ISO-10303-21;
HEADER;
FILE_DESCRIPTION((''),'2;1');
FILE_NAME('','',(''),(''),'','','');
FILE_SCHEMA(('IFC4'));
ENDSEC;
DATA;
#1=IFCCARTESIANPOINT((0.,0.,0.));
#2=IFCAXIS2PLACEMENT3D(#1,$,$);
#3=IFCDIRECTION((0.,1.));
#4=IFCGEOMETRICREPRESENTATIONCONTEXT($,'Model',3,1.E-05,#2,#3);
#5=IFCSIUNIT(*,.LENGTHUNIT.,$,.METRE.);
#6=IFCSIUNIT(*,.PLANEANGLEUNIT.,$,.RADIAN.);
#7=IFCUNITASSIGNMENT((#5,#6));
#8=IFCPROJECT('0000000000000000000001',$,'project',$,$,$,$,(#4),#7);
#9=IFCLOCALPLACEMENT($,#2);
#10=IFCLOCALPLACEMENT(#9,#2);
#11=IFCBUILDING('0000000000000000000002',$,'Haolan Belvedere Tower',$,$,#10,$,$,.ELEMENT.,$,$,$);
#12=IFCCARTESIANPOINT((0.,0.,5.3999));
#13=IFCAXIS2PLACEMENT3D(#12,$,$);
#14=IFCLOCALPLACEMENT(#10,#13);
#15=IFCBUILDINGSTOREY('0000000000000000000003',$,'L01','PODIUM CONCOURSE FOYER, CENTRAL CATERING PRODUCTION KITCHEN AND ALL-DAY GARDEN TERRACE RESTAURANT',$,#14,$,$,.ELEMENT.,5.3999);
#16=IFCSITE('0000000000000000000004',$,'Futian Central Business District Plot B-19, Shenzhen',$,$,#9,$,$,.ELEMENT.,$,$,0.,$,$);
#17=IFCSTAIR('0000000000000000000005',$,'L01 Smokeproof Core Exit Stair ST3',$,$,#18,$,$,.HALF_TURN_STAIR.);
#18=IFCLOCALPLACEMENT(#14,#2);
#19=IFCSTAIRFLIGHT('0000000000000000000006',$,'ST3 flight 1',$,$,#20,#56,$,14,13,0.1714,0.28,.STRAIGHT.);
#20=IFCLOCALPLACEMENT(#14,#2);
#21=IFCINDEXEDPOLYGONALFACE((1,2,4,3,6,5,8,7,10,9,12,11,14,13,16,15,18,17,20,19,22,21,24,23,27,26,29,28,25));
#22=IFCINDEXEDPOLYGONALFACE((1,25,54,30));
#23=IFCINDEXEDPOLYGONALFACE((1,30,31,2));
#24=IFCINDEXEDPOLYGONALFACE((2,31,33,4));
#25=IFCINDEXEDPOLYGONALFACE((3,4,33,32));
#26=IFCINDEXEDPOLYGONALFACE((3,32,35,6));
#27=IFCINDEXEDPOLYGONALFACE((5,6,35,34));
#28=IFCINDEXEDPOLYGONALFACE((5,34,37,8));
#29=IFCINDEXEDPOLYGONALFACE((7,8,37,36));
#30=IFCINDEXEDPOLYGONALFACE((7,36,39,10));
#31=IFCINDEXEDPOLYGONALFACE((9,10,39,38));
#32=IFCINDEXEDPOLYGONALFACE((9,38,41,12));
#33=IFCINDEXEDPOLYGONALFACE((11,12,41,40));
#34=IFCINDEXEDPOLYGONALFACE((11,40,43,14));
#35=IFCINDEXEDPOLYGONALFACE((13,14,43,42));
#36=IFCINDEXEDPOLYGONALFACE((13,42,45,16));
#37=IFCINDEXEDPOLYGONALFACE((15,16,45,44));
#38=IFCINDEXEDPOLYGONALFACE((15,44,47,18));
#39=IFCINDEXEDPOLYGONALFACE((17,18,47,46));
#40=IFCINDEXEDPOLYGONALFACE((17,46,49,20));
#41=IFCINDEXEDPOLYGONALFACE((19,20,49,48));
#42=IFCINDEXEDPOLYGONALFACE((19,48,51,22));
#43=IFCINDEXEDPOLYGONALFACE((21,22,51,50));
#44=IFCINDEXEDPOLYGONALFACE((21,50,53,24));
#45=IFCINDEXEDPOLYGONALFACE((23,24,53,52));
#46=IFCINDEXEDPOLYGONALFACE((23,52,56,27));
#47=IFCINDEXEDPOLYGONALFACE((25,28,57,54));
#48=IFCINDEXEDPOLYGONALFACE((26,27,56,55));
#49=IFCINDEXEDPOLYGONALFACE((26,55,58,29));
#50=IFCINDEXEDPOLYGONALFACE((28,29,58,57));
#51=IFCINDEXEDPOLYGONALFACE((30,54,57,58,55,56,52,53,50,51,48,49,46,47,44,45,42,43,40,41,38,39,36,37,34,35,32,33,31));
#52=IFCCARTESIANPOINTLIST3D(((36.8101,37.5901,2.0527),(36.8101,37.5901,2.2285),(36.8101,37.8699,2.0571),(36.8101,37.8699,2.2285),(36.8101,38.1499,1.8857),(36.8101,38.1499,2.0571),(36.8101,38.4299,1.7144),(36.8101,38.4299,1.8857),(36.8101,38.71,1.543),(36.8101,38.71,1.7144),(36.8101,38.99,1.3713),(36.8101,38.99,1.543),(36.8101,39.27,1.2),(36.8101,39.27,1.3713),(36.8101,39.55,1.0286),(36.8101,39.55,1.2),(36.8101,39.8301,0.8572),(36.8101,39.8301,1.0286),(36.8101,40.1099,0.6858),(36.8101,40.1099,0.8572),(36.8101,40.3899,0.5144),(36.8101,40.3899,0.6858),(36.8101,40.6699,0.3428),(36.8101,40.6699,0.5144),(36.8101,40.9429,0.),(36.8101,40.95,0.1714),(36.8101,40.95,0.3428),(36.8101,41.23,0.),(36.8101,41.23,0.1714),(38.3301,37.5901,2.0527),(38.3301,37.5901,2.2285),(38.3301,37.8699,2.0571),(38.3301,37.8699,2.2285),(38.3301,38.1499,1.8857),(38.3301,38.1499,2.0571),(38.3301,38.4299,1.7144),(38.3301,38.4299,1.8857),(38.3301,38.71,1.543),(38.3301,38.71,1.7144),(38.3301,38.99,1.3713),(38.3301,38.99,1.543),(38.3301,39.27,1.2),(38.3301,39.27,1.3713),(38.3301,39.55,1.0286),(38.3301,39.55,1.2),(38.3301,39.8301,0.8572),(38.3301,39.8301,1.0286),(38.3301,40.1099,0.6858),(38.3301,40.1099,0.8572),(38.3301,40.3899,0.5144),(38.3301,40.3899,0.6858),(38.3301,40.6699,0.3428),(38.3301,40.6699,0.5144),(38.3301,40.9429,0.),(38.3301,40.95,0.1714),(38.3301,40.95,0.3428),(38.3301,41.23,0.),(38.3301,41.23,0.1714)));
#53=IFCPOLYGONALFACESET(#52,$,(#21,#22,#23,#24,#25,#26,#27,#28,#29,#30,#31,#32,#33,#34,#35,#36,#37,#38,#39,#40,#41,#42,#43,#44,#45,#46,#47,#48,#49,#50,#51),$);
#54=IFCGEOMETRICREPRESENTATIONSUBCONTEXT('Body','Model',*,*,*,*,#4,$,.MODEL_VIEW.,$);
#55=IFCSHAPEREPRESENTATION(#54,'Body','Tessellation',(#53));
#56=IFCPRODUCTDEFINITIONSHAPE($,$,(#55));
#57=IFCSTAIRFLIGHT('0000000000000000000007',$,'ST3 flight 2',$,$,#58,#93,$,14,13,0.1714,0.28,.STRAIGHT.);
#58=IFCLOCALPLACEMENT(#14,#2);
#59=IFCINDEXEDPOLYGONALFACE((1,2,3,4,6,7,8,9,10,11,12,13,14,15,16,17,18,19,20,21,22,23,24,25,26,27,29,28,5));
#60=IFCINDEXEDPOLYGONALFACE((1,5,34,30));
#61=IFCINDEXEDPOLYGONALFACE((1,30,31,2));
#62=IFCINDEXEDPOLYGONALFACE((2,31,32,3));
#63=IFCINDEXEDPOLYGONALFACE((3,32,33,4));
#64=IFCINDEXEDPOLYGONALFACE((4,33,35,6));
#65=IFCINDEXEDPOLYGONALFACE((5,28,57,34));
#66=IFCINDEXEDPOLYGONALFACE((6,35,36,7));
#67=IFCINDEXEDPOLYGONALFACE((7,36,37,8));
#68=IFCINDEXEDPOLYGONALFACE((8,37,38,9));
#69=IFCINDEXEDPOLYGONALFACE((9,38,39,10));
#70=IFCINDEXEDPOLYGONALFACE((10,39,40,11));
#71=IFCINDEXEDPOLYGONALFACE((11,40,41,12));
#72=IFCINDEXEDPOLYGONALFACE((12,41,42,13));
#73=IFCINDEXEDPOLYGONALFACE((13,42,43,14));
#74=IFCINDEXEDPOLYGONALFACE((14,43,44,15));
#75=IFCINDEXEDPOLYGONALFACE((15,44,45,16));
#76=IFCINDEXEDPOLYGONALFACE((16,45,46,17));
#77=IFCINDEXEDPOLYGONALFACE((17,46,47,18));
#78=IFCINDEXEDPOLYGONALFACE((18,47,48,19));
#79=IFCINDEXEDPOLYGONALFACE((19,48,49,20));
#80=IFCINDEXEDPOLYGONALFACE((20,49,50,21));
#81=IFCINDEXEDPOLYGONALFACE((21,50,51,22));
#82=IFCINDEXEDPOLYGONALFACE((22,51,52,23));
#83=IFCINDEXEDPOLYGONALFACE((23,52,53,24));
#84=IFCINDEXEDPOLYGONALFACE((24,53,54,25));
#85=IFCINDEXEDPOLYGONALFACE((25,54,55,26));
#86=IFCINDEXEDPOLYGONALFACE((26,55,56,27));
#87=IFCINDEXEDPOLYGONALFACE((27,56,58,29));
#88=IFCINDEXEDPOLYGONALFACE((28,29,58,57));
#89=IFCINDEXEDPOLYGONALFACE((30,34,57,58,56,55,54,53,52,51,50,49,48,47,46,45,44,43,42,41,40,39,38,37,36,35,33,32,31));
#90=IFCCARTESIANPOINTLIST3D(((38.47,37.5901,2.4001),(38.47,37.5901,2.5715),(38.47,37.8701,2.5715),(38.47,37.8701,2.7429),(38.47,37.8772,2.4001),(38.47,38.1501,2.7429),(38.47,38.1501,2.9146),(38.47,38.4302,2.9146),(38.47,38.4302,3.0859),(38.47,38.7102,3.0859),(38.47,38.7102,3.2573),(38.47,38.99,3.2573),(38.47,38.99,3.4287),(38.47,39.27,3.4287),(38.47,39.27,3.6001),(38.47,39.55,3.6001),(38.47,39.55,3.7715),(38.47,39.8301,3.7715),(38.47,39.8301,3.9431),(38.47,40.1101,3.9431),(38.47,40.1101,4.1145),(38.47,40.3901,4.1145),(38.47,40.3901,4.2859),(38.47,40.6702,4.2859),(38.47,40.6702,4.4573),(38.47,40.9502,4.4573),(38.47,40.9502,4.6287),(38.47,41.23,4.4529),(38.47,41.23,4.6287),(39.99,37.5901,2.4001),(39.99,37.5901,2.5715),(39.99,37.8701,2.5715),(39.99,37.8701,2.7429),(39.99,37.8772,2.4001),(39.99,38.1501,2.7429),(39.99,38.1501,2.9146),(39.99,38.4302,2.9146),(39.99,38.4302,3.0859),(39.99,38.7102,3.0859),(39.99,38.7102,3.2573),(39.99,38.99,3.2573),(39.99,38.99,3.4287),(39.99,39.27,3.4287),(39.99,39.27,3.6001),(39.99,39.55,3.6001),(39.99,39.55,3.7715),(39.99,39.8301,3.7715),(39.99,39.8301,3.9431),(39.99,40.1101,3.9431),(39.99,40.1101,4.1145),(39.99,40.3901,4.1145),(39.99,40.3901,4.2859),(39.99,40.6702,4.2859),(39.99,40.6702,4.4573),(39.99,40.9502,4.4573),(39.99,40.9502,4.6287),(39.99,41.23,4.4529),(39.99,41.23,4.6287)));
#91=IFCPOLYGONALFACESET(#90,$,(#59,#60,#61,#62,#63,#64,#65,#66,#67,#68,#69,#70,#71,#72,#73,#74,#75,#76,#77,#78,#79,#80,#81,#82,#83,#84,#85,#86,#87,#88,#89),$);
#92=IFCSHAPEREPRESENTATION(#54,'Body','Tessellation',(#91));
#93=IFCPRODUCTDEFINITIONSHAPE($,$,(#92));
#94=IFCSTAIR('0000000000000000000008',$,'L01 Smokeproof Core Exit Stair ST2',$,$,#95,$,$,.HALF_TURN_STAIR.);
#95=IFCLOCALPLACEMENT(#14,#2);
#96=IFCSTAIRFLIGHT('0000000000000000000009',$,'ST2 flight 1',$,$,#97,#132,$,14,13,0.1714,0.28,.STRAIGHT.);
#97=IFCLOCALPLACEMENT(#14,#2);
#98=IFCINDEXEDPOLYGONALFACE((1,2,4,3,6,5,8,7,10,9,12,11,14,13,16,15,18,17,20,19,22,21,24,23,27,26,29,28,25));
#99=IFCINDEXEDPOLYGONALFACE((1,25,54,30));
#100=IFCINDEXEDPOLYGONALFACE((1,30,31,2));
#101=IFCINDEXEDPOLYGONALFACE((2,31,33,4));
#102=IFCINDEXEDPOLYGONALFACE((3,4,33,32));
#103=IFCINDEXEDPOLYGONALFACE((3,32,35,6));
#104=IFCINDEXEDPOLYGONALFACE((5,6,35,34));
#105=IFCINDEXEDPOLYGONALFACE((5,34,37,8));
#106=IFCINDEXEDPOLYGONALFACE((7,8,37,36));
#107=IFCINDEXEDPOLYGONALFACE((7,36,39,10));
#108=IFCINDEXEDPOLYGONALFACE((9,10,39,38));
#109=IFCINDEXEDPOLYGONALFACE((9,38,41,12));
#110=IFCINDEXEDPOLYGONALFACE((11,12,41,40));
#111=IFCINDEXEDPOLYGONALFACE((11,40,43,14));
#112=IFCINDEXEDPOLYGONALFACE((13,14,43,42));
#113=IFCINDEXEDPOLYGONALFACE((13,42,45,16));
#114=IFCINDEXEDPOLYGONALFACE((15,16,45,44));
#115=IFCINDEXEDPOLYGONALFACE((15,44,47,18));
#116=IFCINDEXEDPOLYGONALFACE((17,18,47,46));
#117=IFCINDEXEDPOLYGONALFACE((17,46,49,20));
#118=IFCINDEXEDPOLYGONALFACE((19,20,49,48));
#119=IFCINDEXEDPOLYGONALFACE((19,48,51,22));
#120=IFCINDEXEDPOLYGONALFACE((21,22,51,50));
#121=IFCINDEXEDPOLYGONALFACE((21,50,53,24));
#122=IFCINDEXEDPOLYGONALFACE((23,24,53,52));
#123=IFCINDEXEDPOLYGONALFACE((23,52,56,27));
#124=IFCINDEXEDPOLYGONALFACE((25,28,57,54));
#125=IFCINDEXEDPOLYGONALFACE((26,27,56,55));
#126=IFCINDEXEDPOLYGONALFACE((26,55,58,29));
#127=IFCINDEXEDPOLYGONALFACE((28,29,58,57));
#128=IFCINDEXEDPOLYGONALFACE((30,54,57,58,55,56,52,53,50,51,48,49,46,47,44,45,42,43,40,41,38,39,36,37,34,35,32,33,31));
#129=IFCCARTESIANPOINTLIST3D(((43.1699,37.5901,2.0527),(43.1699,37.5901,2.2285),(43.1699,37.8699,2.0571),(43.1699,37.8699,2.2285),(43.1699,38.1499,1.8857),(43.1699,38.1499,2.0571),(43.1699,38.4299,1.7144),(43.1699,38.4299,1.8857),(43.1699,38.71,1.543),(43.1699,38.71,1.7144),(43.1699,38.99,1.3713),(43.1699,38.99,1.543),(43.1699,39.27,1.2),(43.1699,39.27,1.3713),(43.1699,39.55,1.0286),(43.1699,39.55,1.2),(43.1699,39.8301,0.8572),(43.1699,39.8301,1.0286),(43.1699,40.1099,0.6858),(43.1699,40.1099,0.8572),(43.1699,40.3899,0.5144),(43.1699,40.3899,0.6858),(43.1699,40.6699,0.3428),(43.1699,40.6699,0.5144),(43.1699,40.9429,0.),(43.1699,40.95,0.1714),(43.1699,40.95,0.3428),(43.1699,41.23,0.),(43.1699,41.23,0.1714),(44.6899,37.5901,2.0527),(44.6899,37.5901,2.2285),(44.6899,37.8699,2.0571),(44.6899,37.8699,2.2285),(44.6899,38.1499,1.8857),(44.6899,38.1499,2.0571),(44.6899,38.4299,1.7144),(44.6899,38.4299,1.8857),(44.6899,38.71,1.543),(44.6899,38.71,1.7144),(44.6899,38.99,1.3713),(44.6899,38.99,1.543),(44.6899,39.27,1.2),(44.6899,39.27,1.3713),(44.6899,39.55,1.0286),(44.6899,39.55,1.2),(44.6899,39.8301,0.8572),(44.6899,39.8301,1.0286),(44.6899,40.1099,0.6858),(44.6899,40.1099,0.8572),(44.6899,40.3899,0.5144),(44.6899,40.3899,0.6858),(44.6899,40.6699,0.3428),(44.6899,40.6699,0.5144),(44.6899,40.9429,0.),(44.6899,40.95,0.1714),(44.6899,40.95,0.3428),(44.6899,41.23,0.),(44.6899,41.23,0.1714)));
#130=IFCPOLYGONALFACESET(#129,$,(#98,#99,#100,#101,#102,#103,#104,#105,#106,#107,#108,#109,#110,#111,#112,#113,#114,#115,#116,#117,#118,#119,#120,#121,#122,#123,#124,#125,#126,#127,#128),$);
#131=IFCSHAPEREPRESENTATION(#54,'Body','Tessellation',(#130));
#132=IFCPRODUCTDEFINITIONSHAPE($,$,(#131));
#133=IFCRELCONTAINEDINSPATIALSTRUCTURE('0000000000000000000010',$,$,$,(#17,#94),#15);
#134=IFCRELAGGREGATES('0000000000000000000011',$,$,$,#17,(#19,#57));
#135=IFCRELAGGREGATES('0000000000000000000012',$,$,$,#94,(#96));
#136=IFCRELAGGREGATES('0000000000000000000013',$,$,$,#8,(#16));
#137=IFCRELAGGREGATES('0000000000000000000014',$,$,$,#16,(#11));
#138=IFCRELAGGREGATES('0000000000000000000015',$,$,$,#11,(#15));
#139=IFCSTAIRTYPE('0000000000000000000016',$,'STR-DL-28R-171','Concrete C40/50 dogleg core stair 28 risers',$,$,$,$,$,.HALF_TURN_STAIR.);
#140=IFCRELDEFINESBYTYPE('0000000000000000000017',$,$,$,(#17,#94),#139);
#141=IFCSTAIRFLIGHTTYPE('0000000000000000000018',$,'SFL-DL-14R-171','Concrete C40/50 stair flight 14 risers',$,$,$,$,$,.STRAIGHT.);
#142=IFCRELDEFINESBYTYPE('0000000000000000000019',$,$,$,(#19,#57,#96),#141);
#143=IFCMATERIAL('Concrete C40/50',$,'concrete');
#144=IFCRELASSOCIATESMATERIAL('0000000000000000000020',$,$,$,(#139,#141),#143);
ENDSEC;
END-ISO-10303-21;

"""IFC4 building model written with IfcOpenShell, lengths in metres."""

from ifc_helpers import new_model, si_unit, direction, frame, origin, place, context, subcontext, project, spatial, polyline, outline, extrude, material, type_object, element, aggregate, save


model = new_model("IFC4")

# Units and contexts
model_context = context("Model", 3, precision=1e-05, world=origin(), true_north=direction((0.0, 1.0)))
body_context = subcontext(model_context, "Body", "Model", "MODEL_VIEW")
ifc_project = project(units=[si_unit("LENGTHUNIT", "METRE"), si_unit("PLANEANGLEUNIT", "RADIAN")], contexts=[model_context])

# Site, building, storey
site_placement = place(None, origin())
site = spatial("IfcSite", under=ifc_project, at=site_placement, Name="Futian Central Business District Plot B-19, Shenzhen", CompositionType="ELEMENT", RefElevation=0.0)
building_placement = place(site_placement, origin())
building = spatial("IfcBuilding", under=site, at=building_placement, Name="Haolan Belvedere Tower", CompositionType="ELEMENT")
storey_placement = place(building_placement, frame((0.0, 0.0, 5.3999)))
storey = spatial("IfcBuildingStorey", under=building, at=storey_placement, Name="L01", Description="PODIUM CONCOURSE FOYER, CENTRAL CATERING PRODUCTION KITCHEN AND ALL-DAY GARDEN TERRACE RESTAURANT", CompositionType="ELEMENT", Elevation=5.3999)

# Stair, stair flights
ifc_material_1 = material(Name="Concrete C40/50", Category="concrete")
stair_type = type_object("IfcStairType", Name="STR-DL-28R-171", Description="Concrete C40/50 dogleg core stair 28 risers", PredefinedType="HALF_TURN_STAIR", material=ifc_material_1)
stair_1_placement = place(storey_placement, origin())
stair_1 = element("IfcStair", 1, at=stair_1_placement, inside=storey, type_object=stair_type, Name="L01 Smokeproof Core Exit Stair ST3", PredefinedType="HALF_TURN_STAIR")
stair_flight_type = type_object("IfcStairFlightType", Name="SFL-DL-14R-171", Description="Concrete C40/50 stair flight 14 risers", PredefinedType="STRAIGHT", material=ifc_material_1)
stair_flight_1_placement = place(storey_placement, frame((37.5701, 41.23, 0.0), z_axis=(0.0, 0.0, 1.0), x_axis=(0.0, -1.0, 0.0)))
stair_flight_1 = element("IfcStairFlight", 2, at=stair_flight_1_placement, type_object=stair_flight_type, Name="ST3 flight 1", NumberOfRisers=14, NumberOfTreads=13, PredefinedType="STRAIGHT", RiserHeight=0.1714, TreadLength=0.28, context=body_context, shape_type="SweptSolid", body=[
    extrude(outline(polyline([(0.0, 0.0), (0.0, 0.1714), (0.28, 0.1714), (0.28, 0.3428), (0.5601, 0.3428), (0.5601, 0.5144), (0.8401, 0.5144), (0.8401, 0.6858), (1.1201, 0.6858), (1.1201, 0.8572), (1.3999, 0.8572), (1.3999, 1.0286), (1.6799, 1.0286), (1.6799, 1.2), (1.96, 1.2), (1.96, 1.3713), (2.24, 1.3713), (2.24, 1.543), (2.52, 1.543), (2.52, 1.7144), (2.8, 1.7144), (2.8, 1.8857), (3.0801, 1.8857), (3.0801, 2.0571), (3.3601, 2.0571), (3.3601, 2.2285), (3.6399, 2.2285), (3.6399, 2.3999), (3.6399, 2.0527), (0.2871, 0.0), (0.0, 0.0)])), frame((0.0, 0.76, 0.0), z_axis=(0.0, -1.0, 0.0), x_axis=(1.0, 0.0, 0.0)), (0.0, 0.0, 1.0), 1.52),
])
stair_flight_2_placement = place(storey_placement, frame((39.23, 37.5901, 2.4001), z_axis=(0.0, 0.0, 1.0), x_axis=(0.0, 1.0, 0.0)))
stair_flight_2 = element("IfcStairFlight", 3, at=stair_flight_2_placement, type_object=stair_flight_type, Name="ST3 flight 2", NumberOfRisers=14, NumberOfTreads=13, PredefinedType="STRAIGHT", RiserHeight=0.1714, TreadLength=0.28, context=body_context, shape_type="SweptSolid", body=[
    extrude(outline(polyline([(0.0, 0.0), (0.0, 0.1714), (0.28, 0.1714), (0.28, 0.3428), (0.5601, 0.3428), (0.5601, 0.5144), (0.8401, 0.5144), (0.8401, 0.6858), (1.1201, 0.6858), (1.1201, 0.8572), (1.3999, 0.8572), (1.3999, 1.0286), (1.6799, 1.0286), (1.6799, 1.2), (1.96, 1.2), (1.96, 1.3713), (2.24, 1.3713), (2.24, 1.543), (2.52, 1.543), (2.52, 1.7144), (2.8, 1.7144), (2.8, 1.8857), (3.0801, 1.8857), (3.0801, 2.0571), (3.3601, 2.0571), (3.3601, 2.2285), (3.6399, 2.2285), (3.6399, 2.3999), (3.6399, 2.0527), (0.2871, 0.0), (0.0, 0.0)])), frame((0.0, 0.76, 0.0), z_axis=(0.0, -1.0, 0.0), x_axis=(1.0, 0.0, 0.0)), (0.0, 0.0, 1.0), 1.52),
])
aggregate(stair_1, [stair_flight_1, stair_flight_2])

# Stair, stair flight
stair_2_placement = place(storey_placement, origin())
stair_2 = element("IfcStair", 4, at=stair_2_placement, inside=storey, type_object=stair_type, Name="L01 Smokeproof Core Exit Stair ST2", PredefinedType="HALF_TURN_STAIR")
stair_flight_3_placement = place(storey_placement, frame((43.9299, 41.23, 0.0), z_axis=(0.0, 0.0, 1.0), x_axis=(0.0, -1.0, 0.0)))
stair_flight_3 = element("IfcStairFlight", 5, at=stair_flight_3_placement, type_object=stair_flight_type, Name="ST2 flight 1", NumberOfRisers=14, NumberOfTreads=13, PredefinedType="STRAIGHT", RiserHeight=0.1714, TreadLength=0.28, context=body_context, shape_type="SweptSolid", body=[
    extrude(outline(polyline([(0.0, 0.0), (0.0, 0.1714), (0.28, 0.1714), (0.28, 0.3428), (0.5601, 0.3428), (0.5601, 0.5144), (0.8401, 0.5144), (0.8401, 0.6858), (1.1201, 0.6858), (1.1201, 0.8572), (1.3999, 0.8572), (1.3999, 1.0286), (1.6799, 1.0286), (1.6799, 1.2), (1.96, 1.2), (1.96, 1.3713), (2.24, 1.3713), (2.24, 1.543), (2.52, 1.543), (2.52, 1.7144), (2.8, 1.7144), (2.8, 1.8857), (3.0801, 1.8857), (3.0801, 2.0571), (3.3601, 2.0571), (3.3601, 2.2285), (3.6399, 2.2285), (3.6399, 2.3999), (3.6399, 2.0527), (0.2871, 0.0), (0.0, 0.0)])), frame((0.0, 0.76, 0.0), z_axis=(0.0, -1.0, 0.0), x_axis=(1.0, 0.0, 0.0)), (0.0, 0.0, 1.0), 1.52),
])
aggregate(stair_2, [stair_flight_3])

save(model, "model.ifc")
